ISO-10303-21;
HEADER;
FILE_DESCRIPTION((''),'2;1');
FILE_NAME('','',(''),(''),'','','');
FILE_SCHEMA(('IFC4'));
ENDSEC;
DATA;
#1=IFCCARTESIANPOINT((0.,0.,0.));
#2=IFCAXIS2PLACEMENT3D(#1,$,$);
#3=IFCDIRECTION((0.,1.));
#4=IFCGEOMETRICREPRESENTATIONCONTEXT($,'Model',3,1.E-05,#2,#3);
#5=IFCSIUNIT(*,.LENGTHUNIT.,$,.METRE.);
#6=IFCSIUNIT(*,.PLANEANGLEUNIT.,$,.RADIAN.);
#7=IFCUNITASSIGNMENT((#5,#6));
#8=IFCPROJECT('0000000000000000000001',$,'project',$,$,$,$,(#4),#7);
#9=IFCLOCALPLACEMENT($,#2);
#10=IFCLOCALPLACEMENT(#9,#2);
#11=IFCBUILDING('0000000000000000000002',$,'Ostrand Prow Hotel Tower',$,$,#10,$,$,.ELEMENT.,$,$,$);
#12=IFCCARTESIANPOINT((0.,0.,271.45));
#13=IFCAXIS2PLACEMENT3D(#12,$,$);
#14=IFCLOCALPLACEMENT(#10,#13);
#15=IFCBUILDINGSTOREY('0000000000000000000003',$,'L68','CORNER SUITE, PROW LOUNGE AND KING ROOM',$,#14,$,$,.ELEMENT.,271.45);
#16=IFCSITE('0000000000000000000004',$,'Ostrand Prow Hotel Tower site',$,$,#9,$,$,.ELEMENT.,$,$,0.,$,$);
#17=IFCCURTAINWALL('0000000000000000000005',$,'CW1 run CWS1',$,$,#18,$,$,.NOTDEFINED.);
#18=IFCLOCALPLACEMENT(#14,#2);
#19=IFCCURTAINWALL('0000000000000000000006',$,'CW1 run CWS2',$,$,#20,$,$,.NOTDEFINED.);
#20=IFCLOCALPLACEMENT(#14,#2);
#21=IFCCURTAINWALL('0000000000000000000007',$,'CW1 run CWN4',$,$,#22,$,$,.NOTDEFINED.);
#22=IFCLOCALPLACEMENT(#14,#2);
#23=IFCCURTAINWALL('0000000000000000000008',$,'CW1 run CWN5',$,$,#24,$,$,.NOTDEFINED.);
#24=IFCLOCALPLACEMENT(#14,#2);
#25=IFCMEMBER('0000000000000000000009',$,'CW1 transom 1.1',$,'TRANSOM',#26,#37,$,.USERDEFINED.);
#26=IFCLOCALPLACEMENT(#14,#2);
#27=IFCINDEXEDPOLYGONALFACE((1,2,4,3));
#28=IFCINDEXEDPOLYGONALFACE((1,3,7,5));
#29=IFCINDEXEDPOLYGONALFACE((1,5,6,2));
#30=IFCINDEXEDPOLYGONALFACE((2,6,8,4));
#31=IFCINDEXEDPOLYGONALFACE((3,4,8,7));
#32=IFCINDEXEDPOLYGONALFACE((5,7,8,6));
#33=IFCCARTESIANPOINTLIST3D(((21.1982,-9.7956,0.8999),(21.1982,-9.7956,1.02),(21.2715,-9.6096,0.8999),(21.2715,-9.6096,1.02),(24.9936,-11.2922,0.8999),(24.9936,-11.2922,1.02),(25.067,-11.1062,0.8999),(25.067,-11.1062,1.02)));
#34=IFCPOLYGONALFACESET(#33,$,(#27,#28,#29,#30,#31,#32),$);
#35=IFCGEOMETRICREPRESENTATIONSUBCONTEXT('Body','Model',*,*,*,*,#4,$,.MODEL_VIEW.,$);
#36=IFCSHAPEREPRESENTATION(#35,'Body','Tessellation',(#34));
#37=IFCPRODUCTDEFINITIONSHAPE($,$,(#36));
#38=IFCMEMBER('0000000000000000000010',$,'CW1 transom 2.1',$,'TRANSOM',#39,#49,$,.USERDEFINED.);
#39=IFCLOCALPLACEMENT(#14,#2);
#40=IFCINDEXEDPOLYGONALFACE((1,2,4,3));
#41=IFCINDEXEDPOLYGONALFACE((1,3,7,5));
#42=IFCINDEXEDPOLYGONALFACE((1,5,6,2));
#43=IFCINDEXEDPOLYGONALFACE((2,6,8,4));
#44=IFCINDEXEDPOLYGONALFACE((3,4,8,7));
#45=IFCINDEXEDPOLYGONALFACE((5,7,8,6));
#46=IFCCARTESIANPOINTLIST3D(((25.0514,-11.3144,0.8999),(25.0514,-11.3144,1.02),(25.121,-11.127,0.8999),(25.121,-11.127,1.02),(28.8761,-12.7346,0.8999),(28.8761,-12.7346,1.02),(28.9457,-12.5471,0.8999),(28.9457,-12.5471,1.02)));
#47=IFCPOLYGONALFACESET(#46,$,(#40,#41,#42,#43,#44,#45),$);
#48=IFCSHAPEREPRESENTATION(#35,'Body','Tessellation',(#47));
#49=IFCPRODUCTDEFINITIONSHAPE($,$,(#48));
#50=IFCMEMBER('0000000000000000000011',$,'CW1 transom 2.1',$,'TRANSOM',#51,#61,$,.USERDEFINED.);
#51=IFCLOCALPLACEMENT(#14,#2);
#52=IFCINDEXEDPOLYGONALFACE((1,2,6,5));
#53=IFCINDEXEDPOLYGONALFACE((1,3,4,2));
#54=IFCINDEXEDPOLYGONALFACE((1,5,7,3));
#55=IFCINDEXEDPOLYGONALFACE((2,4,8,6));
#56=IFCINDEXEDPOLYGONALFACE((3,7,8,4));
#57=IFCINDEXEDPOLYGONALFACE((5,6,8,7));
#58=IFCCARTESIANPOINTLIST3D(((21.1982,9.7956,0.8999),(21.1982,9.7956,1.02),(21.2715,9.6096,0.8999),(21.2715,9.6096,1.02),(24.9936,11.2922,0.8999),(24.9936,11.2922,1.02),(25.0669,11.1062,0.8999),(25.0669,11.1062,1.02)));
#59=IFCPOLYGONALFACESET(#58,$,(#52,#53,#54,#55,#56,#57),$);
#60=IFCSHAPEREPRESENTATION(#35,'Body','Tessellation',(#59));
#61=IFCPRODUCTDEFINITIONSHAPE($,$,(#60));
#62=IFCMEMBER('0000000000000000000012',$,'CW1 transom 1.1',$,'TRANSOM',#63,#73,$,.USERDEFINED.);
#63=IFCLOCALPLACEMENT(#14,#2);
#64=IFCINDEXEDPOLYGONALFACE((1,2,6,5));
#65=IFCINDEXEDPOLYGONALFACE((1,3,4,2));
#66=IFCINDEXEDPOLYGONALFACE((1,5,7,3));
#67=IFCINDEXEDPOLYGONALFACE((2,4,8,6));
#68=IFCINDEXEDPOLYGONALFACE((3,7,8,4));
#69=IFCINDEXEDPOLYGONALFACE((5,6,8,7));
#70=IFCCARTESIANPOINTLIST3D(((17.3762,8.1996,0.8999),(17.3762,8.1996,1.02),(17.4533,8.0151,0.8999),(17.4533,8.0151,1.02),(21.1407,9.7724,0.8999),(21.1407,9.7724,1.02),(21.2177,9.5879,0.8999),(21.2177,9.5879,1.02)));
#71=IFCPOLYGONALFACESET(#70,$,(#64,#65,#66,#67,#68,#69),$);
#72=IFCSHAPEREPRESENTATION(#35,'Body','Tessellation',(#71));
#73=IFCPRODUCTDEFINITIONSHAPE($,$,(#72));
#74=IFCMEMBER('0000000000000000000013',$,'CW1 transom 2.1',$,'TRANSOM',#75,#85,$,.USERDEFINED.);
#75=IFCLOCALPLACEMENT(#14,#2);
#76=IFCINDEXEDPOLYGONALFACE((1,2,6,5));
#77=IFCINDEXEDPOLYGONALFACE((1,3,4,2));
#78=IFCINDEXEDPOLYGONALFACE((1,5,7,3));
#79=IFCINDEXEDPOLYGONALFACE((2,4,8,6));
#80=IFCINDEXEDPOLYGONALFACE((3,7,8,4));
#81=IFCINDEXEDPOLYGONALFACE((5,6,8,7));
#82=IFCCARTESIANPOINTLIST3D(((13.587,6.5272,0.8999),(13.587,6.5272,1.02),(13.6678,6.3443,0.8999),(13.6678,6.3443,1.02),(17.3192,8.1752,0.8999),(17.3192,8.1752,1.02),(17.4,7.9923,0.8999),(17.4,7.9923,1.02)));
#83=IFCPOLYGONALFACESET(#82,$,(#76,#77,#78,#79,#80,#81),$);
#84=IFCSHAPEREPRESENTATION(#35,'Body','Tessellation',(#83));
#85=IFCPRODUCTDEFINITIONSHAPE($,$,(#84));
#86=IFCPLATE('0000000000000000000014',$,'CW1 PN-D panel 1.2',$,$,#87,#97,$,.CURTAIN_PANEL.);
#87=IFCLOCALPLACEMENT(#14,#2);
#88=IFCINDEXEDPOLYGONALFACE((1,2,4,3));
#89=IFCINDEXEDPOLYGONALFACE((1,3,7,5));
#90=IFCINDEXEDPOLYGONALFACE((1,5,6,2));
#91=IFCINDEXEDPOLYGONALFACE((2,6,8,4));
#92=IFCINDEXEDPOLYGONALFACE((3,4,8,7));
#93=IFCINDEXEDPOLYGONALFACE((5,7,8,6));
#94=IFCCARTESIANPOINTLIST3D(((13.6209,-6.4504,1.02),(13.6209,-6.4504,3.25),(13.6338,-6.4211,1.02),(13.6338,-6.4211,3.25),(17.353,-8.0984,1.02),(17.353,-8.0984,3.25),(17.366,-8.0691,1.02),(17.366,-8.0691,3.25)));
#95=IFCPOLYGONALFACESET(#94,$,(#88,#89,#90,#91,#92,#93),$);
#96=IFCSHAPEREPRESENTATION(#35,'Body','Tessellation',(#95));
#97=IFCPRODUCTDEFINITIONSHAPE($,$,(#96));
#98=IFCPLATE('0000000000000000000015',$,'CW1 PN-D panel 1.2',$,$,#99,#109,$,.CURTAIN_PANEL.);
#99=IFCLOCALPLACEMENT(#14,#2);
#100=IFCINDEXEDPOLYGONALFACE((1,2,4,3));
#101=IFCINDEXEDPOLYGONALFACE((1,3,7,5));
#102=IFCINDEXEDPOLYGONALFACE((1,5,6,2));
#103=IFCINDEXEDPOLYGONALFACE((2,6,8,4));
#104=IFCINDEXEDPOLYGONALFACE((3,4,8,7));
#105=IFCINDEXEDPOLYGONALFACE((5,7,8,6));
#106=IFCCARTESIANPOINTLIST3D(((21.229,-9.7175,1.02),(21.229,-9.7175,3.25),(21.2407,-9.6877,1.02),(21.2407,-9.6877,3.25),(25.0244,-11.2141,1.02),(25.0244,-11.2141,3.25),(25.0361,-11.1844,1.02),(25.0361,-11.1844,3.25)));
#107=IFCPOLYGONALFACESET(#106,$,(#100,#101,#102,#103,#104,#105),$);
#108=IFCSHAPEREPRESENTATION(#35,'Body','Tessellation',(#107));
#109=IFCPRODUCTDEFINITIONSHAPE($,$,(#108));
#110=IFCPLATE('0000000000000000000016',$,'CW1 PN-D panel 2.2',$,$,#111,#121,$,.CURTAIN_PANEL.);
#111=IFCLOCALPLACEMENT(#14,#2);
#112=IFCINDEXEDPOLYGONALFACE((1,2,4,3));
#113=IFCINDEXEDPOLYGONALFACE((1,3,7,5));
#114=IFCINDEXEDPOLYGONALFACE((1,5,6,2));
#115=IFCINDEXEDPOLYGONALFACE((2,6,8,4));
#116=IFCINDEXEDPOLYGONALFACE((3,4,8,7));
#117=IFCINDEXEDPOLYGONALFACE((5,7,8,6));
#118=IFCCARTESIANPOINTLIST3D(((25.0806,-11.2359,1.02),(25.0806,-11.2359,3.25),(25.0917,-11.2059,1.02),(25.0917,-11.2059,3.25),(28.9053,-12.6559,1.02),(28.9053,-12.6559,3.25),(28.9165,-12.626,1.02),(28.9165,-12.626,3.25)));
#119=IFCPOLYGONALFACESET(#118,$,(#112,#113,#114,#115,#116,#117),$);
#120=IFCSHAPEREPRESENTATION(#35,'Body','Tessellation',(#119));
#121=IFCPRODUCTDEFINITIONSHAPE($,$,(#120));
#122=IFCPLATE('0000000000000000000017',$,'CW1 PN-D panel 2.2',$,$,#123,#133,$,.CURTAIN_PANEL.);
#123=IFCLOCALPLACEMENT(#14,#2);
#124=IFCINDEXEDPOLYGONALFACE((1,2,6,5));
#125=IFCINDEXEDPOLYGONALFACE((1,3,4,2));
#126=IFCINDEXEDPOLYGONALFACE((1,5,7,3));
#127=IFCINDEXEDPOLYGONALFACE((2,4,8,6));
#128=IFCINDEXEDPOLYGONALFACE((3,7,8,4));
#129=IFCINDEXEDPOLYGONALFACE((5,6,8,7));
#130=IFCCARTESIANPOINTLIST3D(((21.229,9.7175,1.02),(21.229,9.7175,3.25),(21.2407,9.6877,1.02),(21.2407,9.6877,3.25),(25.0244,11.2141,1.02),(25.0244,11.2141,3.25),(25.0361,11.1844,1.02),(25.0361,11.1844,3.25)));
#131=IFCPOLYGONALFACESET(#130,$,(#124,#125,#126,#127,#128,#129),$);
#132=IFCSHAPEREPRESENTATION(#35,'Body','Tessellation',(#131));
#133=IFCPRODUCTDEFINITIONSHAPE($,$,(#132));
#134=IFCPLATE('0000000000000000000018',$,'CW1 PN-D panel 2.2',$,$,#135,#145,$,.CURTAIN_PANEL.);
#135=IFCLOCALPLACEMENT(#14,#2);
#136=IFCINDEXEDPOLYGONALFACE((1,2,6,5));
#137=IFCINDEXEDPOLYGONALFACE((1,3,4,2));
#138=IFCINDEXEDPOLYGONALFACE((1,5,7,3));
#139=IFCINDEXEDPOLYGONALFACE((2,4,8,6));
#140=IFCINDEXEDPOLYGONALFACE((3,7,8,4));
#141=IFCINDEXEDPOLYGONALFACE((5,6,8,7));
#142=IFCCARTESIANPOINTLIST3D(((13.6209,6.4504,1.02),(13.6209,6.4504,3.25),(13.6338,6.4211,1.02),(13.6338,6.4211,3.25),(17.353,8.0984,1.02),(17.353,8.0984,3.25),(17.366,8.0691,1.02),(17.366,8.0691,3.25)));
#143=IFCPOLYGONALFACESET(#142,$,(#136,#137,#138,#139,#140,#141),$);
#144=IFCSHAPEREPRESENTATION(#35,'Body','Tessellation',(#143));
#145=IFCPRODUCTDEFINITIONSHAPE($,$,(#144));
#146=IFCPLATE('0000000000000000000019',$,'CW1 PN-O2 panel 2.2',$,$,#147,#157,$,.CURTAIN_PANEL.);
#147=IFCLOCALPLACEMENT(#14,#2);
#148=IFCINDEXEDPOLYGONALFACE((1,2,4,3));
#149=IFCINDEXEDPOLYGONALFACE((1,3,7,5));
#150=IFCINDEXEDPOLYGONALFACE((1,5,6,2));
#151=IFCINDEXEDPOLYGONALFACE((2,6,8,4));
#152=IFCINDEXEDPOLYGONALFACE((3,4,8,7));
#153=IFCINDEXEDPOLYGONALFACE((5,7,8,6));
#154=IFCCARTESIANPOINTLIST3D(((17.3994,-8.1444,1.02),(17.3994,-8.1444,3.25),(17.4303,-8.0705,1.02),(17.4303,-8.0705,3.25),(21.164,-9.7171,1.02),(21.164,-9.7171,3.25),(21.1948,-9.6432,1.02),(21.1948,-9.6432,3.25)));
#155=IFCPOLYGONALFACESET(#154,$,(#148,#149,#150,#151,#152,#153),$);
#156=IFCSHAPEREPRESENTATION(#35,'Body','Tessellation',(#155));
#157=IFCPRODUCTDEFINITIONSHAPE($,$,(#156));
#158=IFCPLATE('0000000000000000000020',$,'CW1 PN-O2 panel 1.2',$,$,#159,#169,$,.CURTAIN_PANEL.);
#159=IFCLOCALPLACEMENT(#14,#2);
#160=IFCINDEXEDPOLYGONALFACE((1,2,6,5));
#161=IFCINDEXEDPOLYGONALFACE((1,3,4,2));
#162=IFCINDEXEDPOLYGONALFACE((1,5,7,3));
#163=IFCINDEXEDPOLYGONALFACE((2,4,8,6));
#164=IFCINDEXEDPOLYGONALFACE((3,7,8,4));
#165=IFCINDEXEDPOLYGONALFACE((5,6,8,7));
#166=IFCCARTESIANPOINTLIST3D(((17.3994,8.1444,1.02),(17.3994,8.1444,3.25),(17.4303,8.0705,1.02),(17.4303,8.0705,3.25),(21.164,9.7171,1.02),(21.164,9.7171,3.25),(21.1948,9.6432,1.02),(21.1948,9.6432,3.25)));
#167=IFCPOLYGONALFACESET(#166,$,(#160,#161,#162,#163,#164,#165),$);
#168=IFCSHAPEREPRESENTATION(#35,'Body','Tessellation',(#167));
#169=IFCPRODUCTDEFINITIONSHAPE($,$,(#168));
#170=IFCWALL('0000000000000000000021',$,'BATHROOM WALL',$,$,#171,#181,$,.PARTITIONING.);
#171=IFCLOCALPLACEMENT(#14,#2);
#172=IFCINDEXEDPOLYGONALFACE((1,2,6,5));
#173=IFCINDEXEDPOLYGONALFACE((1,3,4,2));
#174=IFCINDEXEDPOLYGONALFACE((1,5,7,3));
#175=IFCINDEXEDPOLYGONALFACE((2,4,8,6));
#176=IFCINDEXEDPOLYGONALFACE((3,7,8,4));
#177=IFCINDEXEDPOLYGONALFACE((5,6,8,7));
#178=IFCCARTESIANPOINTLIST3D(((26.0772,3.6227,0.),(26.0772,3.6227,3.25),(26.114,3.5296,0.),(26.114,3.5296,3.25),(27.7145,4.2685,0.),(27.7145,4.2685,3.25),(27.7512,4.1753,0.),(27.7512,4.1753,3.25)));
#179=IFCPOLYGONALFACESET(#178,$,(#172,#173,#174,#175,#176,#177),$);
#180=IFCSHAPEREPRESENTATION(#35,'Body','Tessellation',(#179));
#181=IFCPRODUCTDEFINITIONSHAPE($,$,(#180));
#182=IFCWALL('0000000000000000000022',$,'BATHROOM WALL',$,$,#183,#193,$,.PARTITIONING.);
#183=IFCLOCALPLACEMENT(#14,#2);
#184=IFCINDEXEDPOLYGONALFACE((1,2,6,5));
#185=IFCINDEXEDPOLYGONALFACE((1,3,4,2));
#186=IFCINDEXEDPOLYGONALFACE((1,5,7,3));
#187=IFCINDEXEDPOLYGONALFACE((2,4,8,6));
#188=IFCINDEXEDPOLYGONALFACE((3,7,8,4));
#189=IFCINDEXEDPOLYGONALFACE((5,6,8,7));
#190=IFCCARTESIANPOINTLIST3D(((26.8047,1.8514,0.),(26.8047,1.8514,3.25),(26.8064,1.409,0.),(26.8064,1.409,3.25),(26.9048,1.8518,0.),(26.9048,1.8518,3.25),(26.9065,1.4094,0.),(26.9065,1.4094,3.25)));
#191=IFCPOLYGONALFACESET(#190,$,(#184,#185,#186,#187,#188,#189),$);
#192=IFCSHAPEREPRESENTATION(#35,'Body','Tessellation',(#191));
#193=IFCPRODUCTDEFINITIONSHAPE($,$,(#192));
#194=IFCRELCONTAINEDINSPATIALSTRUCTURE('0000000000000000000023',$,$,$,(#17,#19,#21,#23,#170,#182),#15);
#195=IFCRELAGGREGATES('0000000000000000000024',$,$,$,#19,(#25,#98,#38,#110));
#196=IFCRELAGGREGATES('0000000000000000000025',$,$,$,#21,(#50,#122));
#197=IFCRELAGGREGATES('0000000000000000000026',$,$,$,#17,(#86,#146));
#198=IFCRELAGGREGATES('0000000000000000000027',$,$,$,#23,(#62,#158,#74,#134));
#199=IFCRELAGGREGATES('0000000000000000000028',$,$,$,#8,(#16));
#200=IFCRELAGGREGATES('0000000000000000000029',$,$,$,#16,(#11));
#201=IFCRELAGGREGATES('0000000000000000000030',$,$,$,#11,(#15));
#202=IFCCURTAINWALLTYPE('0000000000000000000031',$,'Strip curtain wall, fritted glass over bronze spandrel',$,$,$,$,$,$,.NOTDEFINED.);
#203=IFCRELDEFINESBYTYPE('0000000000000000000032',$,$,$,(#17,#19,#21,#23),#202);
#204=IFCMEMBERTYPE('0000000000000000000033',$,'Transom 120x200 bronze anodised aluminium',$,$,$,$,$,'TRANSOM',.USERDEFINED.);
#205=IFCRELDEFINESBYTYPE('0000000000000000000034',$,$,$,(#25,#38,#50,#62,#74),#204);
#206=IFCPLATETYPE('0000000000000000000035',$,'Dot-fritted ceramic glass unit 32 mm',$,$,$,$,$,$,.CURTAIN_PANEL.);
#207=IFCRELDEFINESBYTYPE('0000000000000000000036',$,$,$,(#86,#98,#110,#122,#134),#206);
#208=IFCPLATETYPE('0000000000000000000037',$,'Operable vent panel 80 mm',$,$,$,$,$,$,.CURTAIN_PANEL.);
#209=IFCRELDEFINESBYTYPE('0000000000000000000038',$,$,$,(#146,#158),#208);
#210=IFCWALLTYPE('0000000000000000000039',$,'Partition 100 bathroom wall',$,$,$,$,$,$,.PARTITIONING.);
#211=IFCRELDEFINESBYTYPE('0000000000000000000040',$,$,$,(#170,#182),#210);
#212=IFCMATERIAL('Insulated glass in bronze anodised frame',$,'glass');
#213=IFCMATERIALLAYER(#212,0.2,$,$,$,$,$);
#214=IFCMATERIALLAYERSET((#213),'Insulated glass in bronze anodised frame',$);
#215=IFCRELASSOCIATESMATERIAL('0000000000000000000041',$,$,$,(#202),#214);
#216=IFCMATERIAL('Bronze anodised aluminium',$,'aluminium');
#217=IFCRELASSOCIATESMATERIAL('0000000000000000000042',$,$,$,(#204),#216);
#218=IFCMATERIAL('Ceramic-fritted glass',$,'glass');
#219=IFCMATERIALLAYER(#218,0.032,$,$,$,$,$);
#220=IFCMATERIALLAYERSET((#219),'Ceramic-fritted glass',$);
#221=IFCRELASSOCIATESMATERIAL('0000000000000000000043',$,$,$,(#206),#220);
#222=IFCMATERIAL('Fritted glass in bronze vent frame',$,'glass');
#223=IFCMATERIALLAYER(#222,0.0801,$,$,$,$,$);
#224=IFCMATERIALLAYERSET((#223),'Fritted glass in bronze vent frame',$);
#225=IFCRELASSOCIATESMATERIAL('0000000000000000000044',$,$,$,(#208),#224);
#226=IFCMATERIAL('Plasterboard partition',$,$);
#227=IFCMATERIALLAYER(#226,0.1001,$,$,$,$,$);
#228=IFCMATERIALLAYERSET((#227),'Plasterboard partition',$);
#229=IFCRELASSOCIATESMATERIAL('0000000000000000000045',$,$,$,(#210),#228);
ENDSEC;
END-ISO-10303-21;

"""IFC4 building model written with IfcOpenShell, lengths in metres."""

from ifc_helpers import new_model, si_unit, direction, frame, frame_2d, origin, origin_2d, place, context, subcontext, project, spatial, rectangle, extrude, material, layer, layer_set, material_profile, profile_set, type_object, element, aggregate, save


model = new_model("IFC4")

# Units and contexts
model_context = context("Model", 3, precision=1e-05, world=origin(), true_north=direction((0.0, 1.0)))
body_context = subcontext(model_context, "Body", "Model", "MODEL_VIEW")
ifc_project = project(units=[si_unit("LENGTHUNIT", "METRE"), si_unit("PLANEANGLEUNIT", "RADIAN")], contexts=[model_context])

# Site, building, storey
site_placement = place(None, origin())
site = spatial("IfcSite", under=ifc_project, at=site_placement, Name="Ostrand Prow Hotel Tower site", CompositionType="ELEMENT", RefElevation=0.0)
building_placement = place(site_placement, origin())
building = spatial("IfcBuilding", under=site, at=building_placement, Name="Ostrand Prow Hotel Tower", CompositionType="ELEMENT")
storey_placement = place(building_placement, frame((0.0, 0.0, 271.45)))
storey = spatial("IfcBuildingStorey", under=building, at=storey_placement, Name="L68", Description="CORNER SUITE, PROW LOUNGE AND KING ROOM", CompositionType="ELEMENT", Elevation=271.45)

# Curtain wall
ifc_material_1 = material(Name="Insulated glass in bronze anodised frame", Category="glass")
ifc_layer_1 = layer(ifc_material_1, 0.2)
ifc_layer_set_1 = layer_set([ifc_layer_1], Name="Insulated glass in bronze anodised frame")
curtain_wall_type = type_object("IfcCurtainWallType", Name="Strip curtain wall, fritted glass over bronze spandrel", PredefinedType="NOTDEFINED", material=ifc_layer_set_1)
curtain_wall_1_placement = place(storey_placement, origin())
curtain_wall_1 = element("IfcCurtainWall", 1, at=curtain_wall_1_placement, inside=storey, type_object=curtain_wall_type, Name="CW1 run CWS1", PredefinedType="NOTDEFINED")

# Curtain wall
curtain_wall_2_placement = place(storey_placement, origin())
curtain_wall_2 = element("IfcCurtainWall", 2, at=curtain_wall_2_placement, inside=storey, type_object=curtain_wall_type, Name="CW1 run CWS2", PredefinedType="NOTDEFINED")

# Curtain wall
curtain_wall_3_placement = place(storey_placement, origin())
curtain_wall_3 = element("IfcCurtainWall", 3, at=curtain_wall_3_placement, inside=storey, type_object=curtain_wall_type, Name="CW1 run CWN4", PredefinedType="NOTDEFINED")

# Curtain wall
curtain_wall_4_placement = place(storey_placement, origin())
curtain_wall_4 = element("IfcCurtainWall", 4, at=curtain_wall_4_placement, inside=storey, type_object=curtain_wall_type, Name="CW1 run CWN5", PredefinedType="NOTDEFINED")

# Members
ifc_material_2 = material(Name="Bronze anodised aluminium", Category="aluminium")
ifc_material_profile_1 = material_profile(ifc_material_2, rectangle(XDim=0.2, YDim=0.1201, at=origin_2d()), Name="Transom 120x200 bronze anodised aluminium")
ifc_profile_set_1 = profile_set([ifc_material_profile_1], Name="Bronze anodised aluminium")
member_type_1 = type_object("IfcMemberType", Name="Transom 120x200 bronze anodised aluminium", ElementType="TRANSOM", PredefinedType="USERDEFINED", material=ifc_profile_set_1)
member_1_placement = place(storey_placement, frame((21.2349, -9.7026, 0.96), z_axis=(0.93029, -0.366826, 0.0), x_axis=(0.366826, 0.93029, 0.0)))
member_1 = element("IfcMember", 5, at=member_1_placement, type_object=member_type_1, Name="CW1 transom 1.1", ObjectType="TRANSOM", PredefinedType="USERDEFINED", context=body_context, shape_type="SweptSolid", body=[
    extrude(rectangle(XDim=0.2, YDim=0.1201, at=origin_2d()), origin(), (0.0, 0.0, 1.0), 4.0798),
])
member_2_placement = place(storey_placement, frame((25.0862, -11.2207, 0.96), z_axis=(0.93746, -0.348092, 0.0), x_axis=(0.348092, 0.93746, 0.0)))
member_2 = element("IfcMember", 6, at=member_2_placement, type_object=member_type_1, Name="CW1 transom 2.1", ObjectType="TRANSOM", PredefinedType="USERDEFINED", context=body_context, shape_type="SweptSolid", body=[
    extrude(rectangle(XDim=0.2, YDim=0.1201, at=origin_2d()), origin(), (0.0, 0.0, 1.0), 4.0798),
])
member_3_placement = place(storey_placement, frame((25.0303, 11.1992, 0.96), z_axis=(-0.93029, -0.366826, 0.0), x_axis=(0.366826, -0.93029, 0.0)))
member_3 = element("IfcMember", 7, at=member_3_placement, type_object=member_type_1, Name="CW1 transom 2.1", ObjectType="TRANSOM", PredefinedType="USERDEFINED", context=body_context, shape_type="SweptSolid", body=[
    extrude(rectangle(XDim=0.2, YDim=0.1201, at=origin_2d()), origin(), (0.0, 0.0, 1.0), 4.0798),
])
member_4_placement = place(storey_placement, frame((21.1792, 9.6802, 0.96), z_axis=(-0.922706, -0.385503, 0.0), x_axis=(0.385503, -0.922706, 0.0)))
member_4 = element("IfcMember", 8, at=member_4_placement, type_object=member_type_1, Name="CW1 transom 1.1", ObjectType="TRANSOM", PredefinedType="USERDEFINED", context=body_context, shape_type="SweptSolid", body=[
    extrude(rectangle(XDim=0.2, YDim=0.1201, at=origin_2d()), origin(), (0.0, 0.0, 1.0), 4.0798),
])
member_5_placement = place(storey_placement, frame((17.3596, 8.0837, 0.96), z_axis=(-0.914791, -0.403927, 0.0), x_axis=(0.403927, -0.914791, 0.0)))
member_5 = element("IfcMember", 9, at=member_5_placement, type_object=member_type_1, Name="CW1 transom 2.1", ObjectType="TRANSOM", PredefinedType="USERDEFINED", context=body_context, shape_type="SweptSolid", body=[
    extrude(rectangle(XDim=0.2, YDim=0.1201, at=origin_2d()), origin(), (0.0, 0.0, 1.0), 4.0798),
])

# Plates
ifc_material_3 = material(Name="Ceramic-fritted glass", Category="glass")
ifc_layer_2 = layer(ifc_material_3, 0.032)
ifc_layer_set_2 = layer_set([ifc_layer_2], Name="Ceramic-fritted glass")
plate_type_1 = type_object("IfcPlateType", Name="Dot-fritted ceramic glass unit 32 mm", PredefinedType="CURTAIN_PANEL", material=ifc_layer_set_2)
plate_1_placement = place(storey_placement, frame((15.4934, -7.2598, 1.02), z_axis=(0.0, 0.0, 1.0), x_axis=(0.914786, -0.40394, 0.0)))
plate_1 = element("IfcPlate", 10, at=plate_1_placement, type_object=plate_type_1, Name="CW1 PN-D panel 1.2", PredefinedType="CURTAIN_PANEL", context=body_context, shape_type="SweptSolid", body=[
    extrude(rectangle(XDim=4.0798, YDim=0.032, at=origin_2d()), origin(), (0.0, 0.0, 1.0), 2.23),
])
plate_2_placement = place(storey_placement, frame((23.1326, -10.4509, 1.02), z_axis=(0.0, 0.0, 1.0), x_axis=(0.930282, -0.366845, 0.0)))
plate_2 = element("IfcPlate", 11, at=plate_2_placement, type_object=plate_type_1, Name="CW1 PN-D panel 1.2", PredefinedType="CURTAIN_PANEL", context=body_context, shape_type="SweptSolid", body=[
    extrude(rectangle(XDim=4.0798, YDim=0.032, at=origin_2d()), origin(), (0.0, 0.0, 1.0), 2.23),
])
plate_3_placement = place(storey_placement, frame((26.9985, -11.9309, 1.02), z_axis=(0.0, 0.0, 1.0), x_axis=(0.937468, -0.348071, 0.0)))
plate_3 = element("IfcPlate", 12, at=plate_3_placement, type_object=plate_type_1, Name="CW1 PN-D panel 2.2", PredefinedType="CURTAIN_PANEL", context=body_context, shape_type="SweptSolid", body=[
    extrude(rectangle(XDim=4.0798, YDim=0.032, at=origin_2d()), origin(), (0.0, 0.0, 1.0), 2.23),
])
aggregate(curtain_wall_2, [member_1, plate_2, member_2, plate_3])
plate_4_placement = place(storey_placement, frame((23.1326, 10.4509, 1.02), z_axis=(0.0, 0.0, 1.0), x_axis=(-0.930282, -0.366845, 0.0)))
plate_4 = element("IfcPlate", 13, at=plate_4_placement, type_object=plate_type_1, Name="CW1 PN-D panel 2.2", PredefinedType="CURTAIN_PANEL", context=body_context, shape_type="SweptSolid", body=[
    extrude(rectangle(XDim=4.0798, YDim=0.032, at=origin_2d()), origin(), (0.0, 0.0, 1.0), 2.23),
])
aggregate(curtain_wall_3, [member_3, plate_4])
plate_5_placement = place(storey_placement, frame((15.4934, 7.2598, 1.02), z_axis=(0.0, 0.0, 1.0), x_axis=(-0.914786, -0.40394, 0.0)))
plate_5 = element("IfcPlate", 14, at=plate_5_placement, type_object=plate_type_1, Name="CW1 PN-D panel 2.2", PredefinedType="CURTAIN_PANEL", context=body_context, shape_type="SweptSolid", body=[
    extrude(rectangle(XDim=4.0798, YDim=0.032, at=origin_2d()), origin(), (0.0, 0.0, 1.0), 2.23),
])
ifc_material_4 = material(Name="Fritted glass in bronze vent frame", Category="glass")
ifc_layer_3 = layer(ifc_material_4, 0.0801)
ifc_layer_set_3 = layer_set([ifc_layer_3], Name="Fritted glass in bronze vent frame")
plate_type_2 = type_object("IfcPlateType", Name="Operable vent panel 80 mm", PredefinedType="CURTAIN_PANEL", material=ifc_layer_set_3)
plate_6_placement = place(storey_placement, frame((19.2971, -8.8938, 1.02), z_axis=(0.0, 0.0, 1.0), x_axis=(0.92272, -0.385471, 0.0)))
plate_6 = element("IfcPlate", 15, at=plate_6_placement, type_object=plate_type_2, Name="CW1 PN-O2 panel 2.2", PredefinedType="CURTAIN_PANEL", context=body_context, shape_type="SweptSolid", body=[
    extrude(rectangle(XDim=4.0798, YDim=0.0801, at=origin_2d()), origin(), (0.0, 0.0, 1.0), 2.23),
])
aggregate(curtain_wall_1, [plate_1, plate_6])
plate_7_placement = place(storey_placement, frame((19.2971, 8.8938, 1.02), z_axis=(0.0, 0.0, 1.0), x_axis=(-0.92272, -0.385471, 0.0)))
plate_7 = element("IfcPlate", 16, at=plate_7_placement, type_object=plate_type_2, Name="CW1 PN-O2 panel 1.2", PredefinedType="CURTAIN_PANEL", context=body_context, shape_type="SweptSolid", body=[
    extrude(rectangle(XDim=4.0798, YDim=0.0801, at=origin_2d()), origin(), (0.0, 0.0, 1.0), 2.23),
])
aggregate(curtain_wall_4, [member_4, plate_7, member_5, plate_5])

# Walls
ifc_material_5 = material(Name="Plasterboard partition")
ifc_layer_4 = layer(ifc_material_5, 0.1001)
ifc_layer_set_4 = layer_set([ifc_layer_4], Name="Plasterboard partition")
wall_type_1 = type_object("IfcWallType", Name="Partition 100 bathroom wall", PredefinedType="PARTITIONING", material=ifc_layer_set_4)
wall_1_placement = place(storey_placement, frame((26.0957, 3.5762, 0.0), z_axis=(0.0, 0.0, 1.0), x_axis=(0.930255, 0.366914, 0.0)))
element("IfcWall", 17, at=wall_1_placement, inside=storey, type_object=wall_type_1, Name="BATHROOM WALL", PredefinedType="PARTITIONING", context=body_context, shape_type="SweptSolid", body=[
    extrude(rectangle(XDim=1.76, YDim=0.1001, at=frame_2d((0.8799, 0.0))), origin(), (0.0, 0.0, 1.0), 3.25),
])
wall_2_placement = place(storey_placement, frame((26.8564, 1.4092, 0.0), z_axis=(0.0, 0.0, 1.0), x_axis=(-0.003863, 0.999993, 0.0)))
element("IfcWall", 18, at=wall_2_placement, inside=storey, type_object=wall_type_1, Name="BATHROOM WALL", PredefinedType="PARTITIONING", context=body_context, shape_type="SweptSolid", body=[
    extrude(rectangle(XDim=0.4424, YDim=0.1001, at=frame_2d((0.2212, 0.0))), origin(), (0.0, 0.0, 1.0), 3.25),
])

save(model, "model.ifc")
